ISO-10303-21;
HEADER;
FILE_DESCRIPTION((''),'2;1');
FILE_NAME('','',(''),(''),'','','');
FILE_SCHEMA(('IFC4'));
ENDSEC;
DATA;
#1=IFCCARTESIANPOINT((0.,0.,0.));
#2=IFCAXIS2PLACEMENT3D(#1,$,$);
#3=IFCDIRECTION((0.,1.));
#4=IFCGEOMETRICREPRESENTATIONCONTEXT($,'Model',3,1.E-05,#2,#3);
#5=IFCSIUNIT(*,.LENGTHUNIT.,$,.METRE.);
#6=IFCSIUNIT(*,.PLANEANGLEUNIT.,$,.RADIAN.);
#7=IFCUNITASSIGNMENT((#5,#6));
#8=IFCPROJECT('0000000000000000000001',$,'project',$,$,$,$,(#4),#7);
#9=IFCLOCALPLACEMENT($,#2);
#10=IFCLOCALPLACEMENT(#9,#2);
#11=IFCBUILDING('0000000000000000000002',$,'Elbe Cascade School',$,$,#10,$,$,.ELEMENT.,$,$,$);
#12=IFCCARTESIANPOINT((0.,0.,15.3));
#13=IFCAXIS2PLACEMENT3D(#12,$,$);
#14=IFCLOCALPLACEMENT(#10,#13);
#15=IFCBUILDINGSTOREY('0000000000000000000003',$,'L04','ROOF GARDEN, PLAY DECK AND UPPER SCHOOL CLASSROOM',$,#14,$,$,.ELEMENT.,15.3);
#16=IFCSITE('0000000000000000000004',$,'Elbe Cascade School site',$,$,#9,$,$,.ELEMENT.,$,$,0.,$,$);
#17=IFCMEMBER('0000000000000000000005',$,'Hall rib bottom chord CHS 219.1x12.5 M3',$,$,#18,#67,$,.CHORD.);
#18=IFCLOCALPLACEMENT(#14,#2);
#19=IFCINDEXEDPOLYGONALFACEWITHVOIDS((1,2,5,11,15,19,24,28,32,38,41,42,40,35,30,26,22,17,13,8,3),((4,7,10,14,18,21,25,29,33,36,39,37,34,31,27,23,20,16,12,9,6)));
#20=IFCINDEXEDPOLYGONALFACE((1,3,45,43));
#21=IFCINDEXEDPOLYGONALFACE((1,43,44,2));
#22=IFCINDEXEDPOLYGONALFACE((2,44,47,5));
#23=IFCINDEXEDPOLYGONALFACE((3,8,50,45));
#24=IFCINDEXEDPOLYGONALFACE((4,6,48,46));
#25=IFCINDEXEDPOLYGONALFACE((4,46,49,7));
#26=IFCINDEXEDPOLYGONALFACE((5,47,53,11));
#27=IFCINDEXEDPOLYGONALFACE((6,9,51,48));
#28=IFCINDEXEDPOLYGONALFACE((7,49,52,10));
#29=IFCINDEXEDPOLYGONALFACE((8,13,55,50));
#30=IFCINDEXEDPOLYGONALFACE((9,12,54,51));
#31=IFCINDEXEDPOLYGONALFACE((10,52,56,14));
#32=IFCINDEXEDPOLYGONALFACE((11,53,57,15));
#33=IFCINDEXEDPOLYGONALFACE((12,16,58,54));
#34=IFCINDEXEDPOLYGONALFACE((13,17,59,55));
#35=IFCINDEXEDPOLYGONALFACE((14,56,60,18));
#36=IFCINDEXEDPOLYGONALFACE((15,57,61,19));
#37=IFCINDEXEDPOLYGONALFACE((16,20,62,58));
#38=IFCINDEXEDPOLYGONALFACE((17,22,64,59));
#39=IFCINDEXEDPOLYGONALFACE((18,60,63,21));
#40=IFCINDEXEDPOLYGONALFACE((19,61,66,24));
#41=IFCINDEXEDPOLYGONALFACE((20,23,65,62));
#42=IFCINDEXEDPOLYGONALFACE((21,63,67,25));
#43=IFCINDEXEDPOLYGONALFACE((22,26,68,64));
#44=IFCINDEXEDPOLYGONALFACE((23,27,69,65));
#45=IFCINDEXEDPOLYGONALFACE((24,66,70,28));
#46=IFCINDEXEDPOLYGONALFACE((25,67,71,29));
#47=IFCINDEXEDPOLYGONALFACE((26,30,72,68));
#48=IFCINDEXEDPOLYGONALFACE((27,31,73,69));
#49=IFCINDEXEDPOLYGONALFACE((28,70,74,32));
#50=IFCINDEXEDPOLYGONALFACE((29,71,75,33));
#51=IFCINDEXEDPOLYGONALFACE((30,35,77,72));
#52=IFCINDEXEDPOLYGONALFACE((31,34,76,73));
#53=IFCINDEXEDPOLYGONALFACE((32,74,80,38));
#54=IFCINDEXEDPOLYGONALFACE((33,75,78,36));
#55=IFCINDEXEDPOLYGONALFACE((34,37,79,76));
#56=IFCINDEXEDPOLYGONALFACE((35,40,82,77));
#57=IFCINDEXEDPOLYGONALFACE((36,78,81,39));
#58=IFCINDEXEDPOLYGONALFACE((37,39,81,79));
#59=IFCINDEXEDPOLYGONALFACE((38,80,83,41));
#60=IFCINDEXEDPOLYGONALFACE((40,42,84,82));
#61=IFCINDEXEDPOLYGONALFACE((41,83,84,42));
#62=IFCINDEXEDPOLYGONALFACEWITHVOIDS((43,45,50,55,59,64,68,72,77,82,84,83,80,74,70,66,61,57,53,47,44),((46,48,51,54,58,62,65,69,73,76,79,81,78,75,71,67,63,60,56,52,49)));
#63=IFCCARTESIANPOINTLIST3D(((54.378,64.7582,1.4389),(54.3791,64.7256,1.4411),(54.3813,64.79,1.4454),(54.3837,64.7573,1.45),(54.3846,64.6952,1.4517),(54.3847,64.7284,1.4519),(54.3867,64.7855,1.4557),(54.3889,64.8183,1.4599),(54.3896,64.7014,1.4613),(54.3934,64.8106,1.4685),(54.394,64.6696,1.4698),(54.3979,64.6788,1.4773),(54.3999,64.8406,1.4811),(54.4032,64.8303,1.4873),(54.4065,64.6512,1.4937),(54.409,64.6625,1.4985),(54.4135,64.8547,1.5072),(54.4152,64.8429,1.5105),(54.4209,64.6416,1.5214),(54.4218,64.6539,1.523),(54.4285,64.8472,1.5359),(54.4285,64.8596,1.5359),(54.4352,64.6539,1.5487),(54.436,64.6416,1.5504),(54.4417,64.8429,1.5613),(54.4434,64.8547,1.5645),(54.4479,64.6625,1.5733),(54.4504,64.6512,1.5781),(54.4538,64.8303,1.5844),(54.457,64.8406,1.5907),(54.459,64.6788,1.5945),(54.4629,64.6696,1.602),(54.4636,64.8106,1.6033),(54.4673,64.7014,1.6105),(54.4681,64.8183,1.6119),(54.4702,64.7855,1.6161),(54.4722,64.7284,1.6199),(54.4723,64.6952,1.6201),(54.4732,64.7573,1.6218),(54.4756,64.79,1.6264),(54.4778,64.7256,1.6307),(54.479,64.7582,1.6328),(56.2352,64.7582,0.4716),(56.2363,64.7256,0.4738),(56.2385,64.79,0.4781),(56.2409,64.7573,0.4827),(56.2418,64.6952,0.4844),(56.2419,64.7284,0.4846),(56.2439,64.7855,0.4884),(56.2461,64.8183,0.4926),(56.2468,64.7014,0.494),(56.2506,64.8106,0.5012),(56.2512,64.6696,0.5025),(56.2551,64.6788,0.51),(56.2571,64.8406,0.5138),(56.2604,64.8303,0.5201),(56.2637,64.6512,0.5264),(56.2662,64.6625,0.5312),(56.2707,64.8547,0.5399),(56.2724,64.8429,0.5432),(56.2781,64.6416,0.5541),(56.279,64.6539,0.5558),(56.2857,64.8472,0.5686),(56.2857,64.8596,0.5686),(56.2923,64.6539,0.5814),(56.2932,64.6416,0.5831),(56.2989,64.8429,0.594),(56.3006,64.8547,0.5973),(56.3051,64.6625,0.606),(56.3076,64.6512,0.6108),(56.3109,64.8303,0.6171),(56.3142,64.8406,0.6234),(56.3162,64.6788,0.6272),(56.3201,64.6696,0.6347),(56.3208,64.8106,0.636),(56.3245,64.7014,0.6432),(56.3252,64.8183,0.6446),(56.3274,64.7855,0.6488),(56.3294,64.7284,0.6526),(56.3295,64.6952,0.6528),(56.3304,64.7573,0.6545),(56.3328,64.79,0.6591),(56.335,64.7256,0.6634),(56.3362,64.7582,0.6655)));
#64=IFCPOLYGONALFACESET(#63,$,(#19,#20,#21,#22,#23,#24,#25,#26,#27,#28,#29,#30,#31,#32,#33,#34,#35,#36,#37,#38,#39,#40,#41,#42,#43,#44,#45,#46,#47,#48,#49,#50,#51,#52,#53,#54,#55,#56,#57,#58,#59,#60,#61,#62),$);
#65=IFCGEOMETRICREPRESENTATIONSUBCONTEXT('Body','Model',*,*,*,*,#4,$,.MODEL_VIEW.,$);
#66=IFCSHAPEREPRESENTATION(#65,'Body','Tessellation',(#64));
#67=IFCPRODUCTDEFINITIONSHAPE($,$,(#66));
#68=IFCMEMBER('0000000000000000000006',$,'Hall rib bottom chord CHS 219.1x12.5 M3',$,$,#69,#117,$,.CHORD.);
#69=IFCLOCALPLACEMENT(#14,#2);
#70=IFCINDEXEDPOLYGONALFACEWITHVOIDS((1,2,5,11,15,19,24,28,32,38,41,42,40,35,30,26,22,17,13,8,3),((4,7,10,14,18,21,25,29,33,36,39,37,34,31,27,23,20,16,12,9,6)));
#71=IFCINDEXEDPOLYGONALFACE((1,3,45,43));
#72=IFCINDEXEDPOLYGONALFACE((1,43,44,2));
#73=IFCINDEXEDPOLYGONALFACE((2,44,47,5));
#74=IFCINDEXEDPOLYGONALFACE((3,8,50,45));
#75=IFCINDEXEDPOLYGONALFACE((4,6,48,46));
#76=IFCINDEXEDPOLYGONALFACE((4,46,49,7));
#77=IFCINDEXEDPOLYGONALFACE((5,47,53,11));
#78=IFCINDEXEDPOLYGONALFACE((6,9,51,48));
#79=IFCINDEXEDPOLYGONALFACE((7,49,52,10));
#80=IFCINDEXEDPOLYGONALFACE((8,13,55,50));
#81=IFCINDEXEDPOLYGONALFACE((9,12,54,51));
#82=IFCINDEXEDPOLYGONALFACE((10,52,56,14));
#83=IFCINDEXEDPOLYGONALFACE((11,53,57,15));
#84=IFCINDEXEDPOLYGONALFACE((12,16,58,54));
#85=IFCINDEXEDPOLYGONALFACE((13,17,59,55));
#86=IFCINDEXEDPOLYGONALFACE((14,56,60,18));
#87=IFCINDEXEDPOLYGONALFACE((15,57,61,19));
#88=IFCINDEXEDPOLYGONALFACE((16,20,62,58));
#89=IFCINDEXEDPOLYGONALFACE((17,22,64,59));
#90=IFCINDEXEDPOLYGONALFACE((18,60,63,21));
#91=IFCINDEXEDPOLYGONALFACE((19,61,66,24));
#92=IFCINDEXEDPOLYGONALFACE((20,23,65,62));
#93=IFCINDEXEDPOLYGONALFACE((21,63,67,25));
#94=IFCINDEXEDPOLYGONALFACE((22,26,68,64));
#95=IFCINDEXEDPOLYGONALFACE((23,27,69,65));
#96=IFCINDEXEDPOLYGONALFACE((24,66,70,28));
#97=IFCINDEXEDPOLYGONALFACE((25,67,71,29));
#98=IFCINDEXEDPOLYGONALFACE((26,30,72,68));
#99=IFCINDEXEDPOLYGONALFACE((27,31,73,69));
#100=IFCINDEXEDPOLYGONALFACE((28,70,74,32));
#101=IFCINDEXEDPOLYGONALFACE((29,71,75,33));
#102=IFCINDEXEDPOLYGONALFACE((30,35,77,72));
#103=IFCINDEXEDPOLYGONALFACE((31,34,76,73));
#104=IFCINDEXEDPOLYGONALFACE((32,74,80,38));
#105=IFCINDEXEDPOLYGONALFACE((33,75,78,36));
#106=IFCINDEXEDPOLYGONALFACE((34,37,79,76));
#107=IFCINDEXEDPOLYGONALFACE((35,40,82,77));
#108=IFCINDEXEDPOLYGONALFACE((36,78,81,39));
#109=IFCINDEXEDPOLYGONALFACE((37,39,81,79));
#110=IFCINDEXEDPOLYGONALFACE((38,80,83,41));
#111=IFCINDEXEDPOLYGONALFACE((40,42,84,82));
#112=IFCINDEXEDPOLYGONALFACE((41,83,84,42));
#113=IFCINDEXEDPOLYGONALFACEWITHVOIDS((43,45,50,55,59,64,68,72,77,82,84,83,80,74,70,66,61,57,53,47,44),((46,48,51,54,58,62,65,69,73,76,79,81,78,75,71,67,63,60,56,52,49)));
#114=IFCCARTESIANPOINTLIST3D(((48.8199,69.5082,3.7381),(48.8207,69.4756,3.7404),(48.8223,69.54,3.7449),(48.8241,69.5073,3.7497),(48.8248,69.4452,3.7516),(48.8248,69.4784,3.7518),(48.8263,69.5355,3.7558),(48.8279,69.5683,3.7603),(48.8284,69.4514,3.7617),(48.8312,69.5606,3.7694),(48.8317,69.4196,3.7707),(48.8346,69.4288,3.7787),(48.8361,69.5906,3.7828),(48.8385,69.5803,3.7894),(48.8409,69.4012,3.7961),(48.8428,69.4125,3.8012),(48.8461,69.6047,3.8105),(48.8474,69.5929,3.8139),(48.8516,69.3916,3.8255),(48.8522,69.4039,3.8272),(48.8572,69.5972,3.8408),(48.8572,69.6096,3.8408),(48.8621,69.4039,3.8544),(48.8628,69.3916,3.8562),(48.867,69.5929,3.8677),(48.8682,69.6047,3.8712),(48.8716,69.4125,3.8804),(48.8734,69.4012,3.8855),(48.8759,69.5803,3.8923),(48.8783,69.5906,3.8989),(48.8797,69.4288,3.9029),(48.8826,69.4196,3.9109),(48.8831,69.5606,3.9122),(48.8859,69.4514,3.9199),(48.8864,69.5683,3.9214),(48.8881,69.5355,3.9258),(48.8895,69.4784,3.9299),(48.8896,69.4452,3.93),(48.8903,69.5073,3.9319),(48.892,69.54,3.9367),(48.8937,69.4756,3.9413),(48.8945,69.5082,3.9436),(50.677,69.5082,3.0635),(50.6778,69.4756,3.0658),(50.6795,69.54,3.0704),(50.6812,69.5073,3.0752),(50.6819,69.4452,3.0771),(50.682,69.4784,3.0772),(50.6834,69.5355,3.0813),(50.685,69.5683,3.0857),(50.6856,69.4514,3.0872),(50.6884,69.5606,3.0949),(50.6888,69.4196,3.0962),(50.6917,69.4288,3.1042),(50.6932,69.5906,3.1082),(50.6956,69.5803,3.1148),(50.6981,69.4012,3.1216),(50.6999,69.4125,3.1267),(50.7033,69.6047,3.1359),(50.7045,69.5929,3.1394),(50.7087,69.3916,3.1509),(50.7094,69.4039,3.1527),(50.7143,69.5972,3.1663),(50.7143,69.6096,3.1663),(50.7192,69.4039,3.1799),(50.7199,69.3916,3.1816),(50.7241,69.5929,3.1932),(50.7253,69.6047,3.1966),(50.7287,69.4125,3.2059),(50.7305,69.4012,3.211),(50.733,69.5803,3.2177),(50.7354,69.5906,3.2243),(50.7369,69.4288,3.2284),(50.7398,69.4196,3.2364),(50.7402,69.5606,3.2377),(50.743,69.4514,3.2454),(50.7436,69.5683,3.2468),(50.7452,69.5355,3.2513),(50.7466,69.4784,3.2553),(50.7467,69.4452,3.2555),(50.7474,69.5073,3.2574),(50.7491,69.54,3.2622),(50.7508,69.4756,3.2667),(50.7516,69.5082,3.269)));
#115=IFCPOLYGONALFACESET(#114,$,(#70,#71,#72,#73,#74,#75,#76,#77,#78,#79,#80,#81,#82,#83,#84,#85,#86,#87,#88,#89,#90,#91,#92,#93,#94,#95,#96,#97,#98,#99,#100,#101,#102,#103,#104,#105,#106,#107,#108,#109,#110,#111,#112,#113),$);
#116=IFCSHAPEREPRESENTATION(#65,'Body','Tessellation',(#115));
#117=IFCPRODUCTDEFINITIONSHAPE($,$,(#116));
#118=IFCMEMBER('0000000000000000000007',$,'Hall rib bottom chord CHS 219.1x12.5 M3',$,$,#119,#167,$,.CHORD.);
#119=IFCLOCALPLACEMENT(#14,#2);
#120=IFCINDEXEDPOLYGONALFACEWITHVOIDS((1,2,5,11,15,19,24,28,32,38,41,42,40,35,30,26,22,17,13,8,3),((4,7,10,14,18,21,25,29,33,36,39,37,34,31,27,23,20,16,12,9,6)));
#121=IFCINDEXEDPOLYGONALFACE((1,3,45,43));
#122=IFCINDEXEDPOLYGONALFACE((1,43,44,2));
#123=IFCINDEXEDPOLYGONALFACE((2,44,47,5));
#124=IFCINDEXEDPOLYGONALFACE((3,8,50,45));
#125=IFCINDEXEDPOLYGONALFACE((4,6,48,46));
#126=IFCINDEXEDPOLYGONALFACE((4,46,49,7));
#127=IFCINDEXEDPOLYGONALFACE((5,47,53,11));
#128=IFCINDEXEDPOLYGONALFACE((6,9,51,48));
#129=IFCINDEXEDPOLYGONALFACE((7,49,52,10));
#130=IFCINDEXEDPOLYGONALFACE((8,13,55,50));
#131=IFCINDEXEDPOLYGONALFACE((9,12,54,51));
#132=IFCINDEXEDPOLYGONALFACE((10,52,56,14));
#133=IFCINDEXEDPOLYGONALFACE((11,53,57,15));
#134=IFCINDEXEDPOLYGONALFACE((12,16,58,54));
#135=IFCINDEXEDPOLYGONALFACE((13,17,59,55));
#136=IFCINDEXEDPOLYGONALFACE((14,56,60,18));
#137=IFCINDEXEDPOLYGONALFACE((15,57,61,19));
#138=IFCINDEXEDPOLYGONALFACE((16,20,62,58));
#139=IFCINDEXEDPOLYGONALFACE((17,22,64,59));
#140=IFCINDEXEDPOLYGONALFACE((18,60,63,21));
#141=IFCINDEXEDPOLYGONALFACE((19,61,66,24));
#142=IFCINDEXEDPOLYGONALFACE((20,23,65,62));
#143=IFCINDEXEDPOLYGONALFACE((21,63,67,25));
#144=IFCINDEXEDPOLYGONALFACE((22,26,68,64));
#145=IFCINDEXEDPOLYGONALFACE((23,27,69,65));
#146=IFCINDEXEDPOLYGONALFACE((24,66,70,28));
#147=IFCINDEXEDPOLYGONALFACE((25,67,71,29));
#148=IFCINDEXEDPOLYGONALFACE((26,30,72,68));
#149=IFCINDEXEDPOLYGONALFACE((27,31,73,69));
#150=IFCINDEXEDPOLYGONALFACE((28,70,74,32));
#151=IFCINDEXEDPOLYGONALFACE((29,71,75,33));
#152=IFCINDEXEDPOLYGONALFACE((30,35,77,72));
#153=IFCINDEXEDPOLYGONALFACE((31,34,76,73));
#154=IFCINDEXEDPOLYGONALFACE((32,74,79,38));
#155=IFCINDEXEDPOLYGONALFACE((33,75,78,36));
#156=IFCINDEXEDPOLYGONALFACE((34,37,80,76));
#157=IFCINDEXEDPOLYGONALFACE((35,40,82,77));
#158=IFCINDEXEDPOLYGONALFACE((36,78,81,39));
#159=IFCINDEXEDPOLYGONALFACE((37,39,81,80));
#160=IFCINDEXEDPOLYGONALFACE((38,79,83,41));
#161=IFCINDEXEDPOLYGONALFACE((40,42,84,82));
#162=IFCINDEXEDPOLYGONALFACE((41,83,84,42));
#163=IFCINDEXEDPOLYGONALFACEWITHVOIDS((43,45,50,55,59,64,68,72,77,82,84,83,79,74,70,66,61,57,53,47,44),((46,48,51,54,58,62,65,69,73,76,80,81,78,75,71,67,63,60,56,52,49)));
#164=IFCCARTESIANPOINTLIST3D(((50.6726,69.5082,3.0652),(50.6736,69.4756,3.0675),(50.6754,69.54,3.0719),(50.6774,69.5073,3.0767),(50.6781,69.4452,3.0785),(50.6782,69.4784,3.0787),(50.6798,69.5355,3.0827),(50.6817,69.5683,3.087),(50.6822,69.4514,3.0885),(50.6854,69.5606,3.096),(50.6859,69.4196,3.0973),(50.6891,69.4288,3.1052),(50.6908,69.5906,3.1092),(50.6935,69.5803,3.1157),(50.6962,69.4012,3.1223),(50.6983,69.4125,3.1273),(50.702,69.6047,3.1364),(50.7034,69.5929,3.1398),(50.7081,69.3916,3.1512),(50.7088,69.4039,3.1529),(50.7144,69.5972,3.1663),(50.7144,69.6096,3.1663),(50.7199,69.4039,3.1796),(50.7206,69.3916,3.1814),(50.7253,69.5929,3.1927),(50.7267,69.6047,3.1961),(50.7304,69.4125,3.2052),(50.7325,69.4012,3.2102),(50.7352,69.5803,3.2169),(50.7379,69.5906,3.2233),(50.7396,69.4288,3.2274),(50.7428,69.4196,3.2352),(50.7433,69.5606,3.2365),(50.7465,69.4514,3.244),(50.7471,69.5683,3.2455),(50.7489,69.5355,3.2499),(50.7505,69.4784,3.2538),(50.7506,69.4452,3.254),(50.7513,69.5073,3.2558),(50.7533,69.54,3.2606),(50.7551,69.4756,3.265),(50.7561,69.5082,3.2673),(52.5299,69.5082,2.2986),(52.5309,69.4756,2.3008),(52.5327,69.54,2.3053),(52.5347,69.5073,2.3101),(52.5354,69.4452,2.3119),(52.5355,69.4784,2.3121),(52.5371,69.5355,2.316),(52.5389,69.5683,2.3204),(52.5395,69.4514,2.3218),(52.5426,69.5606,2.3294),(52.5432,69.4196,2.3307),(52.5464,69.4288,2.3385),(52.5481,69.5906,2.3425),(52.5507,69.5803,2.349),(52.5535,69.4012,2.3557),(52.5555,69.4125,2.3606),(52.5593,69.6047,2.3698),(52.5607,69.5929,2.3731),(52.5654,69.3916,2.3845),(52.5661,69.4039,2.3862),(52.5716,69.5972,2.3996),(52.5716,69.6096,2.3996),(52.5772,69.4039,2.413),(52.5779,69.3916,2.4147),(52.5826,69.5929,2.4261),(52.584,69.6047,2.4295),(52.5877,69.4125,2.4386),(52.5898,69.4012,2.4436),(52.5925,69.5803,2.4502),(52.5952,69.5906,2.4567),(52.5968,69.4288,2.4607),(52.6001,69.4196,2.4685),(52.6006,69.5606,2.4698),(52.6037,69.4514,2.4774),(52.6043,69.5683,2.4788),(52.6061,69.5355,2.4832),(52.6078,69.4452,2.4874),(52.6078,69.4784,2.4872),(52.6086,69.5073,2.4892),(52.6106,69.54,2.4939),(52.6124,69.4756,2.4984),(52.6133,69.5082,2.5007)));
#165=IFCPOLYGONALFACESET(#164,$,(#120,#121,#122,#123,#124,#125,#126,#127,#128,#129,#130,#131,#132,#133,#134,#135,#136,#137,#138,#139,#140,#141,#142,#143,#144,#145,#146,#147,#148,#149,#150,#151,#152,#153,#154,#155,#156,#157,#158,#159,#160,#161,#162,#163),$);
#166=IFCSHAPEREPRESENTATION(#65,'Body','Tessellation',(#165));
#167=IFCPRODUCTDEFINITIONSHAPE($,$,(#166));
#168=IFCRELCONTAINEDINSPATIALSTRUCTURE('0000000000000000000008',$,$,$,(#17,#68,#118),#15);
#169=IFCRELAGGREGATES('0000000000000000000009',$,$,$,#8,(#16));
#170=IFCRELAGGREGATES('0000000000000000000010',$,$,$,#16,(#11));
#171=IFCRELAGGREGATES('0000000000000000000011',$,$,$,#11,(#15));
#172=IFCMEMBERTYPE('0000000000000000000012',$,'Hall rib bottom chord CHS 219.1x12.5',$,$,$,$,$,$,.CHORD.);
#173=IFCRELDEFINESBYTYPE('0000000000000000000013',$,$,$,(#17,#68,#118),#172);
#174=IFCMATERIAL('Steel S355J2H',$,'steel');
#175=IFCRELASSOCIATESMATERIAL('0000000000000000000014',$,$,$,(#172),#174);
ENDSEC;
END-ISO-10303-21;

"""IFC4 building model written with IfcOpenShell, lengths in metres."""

from ifc_helpers import new_model, si_unit, direction, frame, origin, origin_2d, place, context, subcontext, project, spatial, hollow_circle, extrude, material, material_profile, profile_set, type_object, element, save


model = new_model("IFC4")

# Units and contexts
model_context = context("Model", 3, precision=1e-05, world=origin(), true_north=direction((0.0, 1.0)))
body_context = subcontext(model_context, "Body", "Model", "MODEL_VIEW")
ifc_project = project(units=[si_unit("LENGTHUNIT", "METRE"), si_unit("PLANEANGLEUNIT", "RADIAN")], contexts=[model_context])

# Site, building, storey
site_placement = place(None, origin())
site = spatial("IfcSite", under=ifc_project, at=site_placement, Name="Elbe Cascade School site", CompositionType="ELEMENT", RefElevation=0.0)
building_placement = place(site_placement, origin())
building = spatial("IfcBuilding", under=site, at=building_placement, Name="Elbe Cascade School", CompositionType="ELEMENT")
storey_placement = place(building_placement, frame((0.0, 0.0, 15.3)))
storey = spatial("IfcBuildingStorey", under=building, at=storey_placement, Name="L04", Description="ROOF GARDEN, PLAY DECK AND UPPER SCHOOL CLASSROOM", CompositionType="ELEMENT", Elevation=15.3)

# Members
ifc_material_1 = material(Name="Steel S355J2H", Category="steel")
ifc_material_profile_1 = material_profile(ifc_material_1, hollow_circle(Radius=0.1096, WallThickness=0.0125, at=origin_2d()), Name="CHS 219.1x12.5")
ifc_profile_set_1 = profile_set([ifc_material_profile_1], Name="Steel S355J2H")
member_type_1 = type_object("IfcMemberType", Name="Hall rib bottom chord CHS 219.1x12.5", PredefinedType="CHORD", material=ifc_profile_set_1)
member_1_placement = place(storey_placement, frame((54.4285, 64.75, 1.5359), z_axis=(0.886913, 0.0, -0.461936), x_axis=(0.0, 1.0, 0.0)))
element("IfcMember", 1, at=member_1_placement, inside=storey, type_object=member_type_1, Name="Hall rib bottom chord CHS 219.1x12.5 M3", PredefinedType="CHORD", context=body_context, shape_type="SweptSolid", body=[
    extrude(hollow_circle(Radius=0.1096, WallThickness=0.0125, at=origin_2d()), origin(), (0.0, 0.0, 1.0), 2.094),
])
member_2_placement = place(storey_placement, frame((48.8572, 69.5, 3.8408), z_axis=(0.93992, 0.0, -0.341396), x_axis=(0.0, 1.0, 0.0)))
element("IfcMember", 2, at=member_2_placement, inside=storey, type_object=member_type_1, Name="Hall rib bottom chord CHS 219.1x12.5 M3", PredefinedType="CHORD", context=body_context, shape_type="SweptSolid", body=[
    extrude(hollow_circle(Radius=0.1096, WallThickness=0.0125, at=origin_2d()), origin(), (0.0, 0.0, 1.0), 1.9758),
])
member_3_placement = place(storey_placement, frame((50.7144, 69.5, 3.1663), z_axis=(0.924348, 0.0, -0.38155), x_axis=(0.0, 1.0, 0.0)))
element("IfcMember", 3, at=member_3_placement, inside=storey, type_object=member_type_1, Name="Hall rib bottom chord CHS 219.1x12.5 M3", PredefinedType="CHORD", context=body_context, shape_type="SweptSolid", body=[
    extrude(hollow_circle(Radius=0.1096, WallThickness=0.0125, at=origin_2d()), origin(), (0.0, 0.0, 1.0), 2.0093),
])

save(model, "model.ifc")
